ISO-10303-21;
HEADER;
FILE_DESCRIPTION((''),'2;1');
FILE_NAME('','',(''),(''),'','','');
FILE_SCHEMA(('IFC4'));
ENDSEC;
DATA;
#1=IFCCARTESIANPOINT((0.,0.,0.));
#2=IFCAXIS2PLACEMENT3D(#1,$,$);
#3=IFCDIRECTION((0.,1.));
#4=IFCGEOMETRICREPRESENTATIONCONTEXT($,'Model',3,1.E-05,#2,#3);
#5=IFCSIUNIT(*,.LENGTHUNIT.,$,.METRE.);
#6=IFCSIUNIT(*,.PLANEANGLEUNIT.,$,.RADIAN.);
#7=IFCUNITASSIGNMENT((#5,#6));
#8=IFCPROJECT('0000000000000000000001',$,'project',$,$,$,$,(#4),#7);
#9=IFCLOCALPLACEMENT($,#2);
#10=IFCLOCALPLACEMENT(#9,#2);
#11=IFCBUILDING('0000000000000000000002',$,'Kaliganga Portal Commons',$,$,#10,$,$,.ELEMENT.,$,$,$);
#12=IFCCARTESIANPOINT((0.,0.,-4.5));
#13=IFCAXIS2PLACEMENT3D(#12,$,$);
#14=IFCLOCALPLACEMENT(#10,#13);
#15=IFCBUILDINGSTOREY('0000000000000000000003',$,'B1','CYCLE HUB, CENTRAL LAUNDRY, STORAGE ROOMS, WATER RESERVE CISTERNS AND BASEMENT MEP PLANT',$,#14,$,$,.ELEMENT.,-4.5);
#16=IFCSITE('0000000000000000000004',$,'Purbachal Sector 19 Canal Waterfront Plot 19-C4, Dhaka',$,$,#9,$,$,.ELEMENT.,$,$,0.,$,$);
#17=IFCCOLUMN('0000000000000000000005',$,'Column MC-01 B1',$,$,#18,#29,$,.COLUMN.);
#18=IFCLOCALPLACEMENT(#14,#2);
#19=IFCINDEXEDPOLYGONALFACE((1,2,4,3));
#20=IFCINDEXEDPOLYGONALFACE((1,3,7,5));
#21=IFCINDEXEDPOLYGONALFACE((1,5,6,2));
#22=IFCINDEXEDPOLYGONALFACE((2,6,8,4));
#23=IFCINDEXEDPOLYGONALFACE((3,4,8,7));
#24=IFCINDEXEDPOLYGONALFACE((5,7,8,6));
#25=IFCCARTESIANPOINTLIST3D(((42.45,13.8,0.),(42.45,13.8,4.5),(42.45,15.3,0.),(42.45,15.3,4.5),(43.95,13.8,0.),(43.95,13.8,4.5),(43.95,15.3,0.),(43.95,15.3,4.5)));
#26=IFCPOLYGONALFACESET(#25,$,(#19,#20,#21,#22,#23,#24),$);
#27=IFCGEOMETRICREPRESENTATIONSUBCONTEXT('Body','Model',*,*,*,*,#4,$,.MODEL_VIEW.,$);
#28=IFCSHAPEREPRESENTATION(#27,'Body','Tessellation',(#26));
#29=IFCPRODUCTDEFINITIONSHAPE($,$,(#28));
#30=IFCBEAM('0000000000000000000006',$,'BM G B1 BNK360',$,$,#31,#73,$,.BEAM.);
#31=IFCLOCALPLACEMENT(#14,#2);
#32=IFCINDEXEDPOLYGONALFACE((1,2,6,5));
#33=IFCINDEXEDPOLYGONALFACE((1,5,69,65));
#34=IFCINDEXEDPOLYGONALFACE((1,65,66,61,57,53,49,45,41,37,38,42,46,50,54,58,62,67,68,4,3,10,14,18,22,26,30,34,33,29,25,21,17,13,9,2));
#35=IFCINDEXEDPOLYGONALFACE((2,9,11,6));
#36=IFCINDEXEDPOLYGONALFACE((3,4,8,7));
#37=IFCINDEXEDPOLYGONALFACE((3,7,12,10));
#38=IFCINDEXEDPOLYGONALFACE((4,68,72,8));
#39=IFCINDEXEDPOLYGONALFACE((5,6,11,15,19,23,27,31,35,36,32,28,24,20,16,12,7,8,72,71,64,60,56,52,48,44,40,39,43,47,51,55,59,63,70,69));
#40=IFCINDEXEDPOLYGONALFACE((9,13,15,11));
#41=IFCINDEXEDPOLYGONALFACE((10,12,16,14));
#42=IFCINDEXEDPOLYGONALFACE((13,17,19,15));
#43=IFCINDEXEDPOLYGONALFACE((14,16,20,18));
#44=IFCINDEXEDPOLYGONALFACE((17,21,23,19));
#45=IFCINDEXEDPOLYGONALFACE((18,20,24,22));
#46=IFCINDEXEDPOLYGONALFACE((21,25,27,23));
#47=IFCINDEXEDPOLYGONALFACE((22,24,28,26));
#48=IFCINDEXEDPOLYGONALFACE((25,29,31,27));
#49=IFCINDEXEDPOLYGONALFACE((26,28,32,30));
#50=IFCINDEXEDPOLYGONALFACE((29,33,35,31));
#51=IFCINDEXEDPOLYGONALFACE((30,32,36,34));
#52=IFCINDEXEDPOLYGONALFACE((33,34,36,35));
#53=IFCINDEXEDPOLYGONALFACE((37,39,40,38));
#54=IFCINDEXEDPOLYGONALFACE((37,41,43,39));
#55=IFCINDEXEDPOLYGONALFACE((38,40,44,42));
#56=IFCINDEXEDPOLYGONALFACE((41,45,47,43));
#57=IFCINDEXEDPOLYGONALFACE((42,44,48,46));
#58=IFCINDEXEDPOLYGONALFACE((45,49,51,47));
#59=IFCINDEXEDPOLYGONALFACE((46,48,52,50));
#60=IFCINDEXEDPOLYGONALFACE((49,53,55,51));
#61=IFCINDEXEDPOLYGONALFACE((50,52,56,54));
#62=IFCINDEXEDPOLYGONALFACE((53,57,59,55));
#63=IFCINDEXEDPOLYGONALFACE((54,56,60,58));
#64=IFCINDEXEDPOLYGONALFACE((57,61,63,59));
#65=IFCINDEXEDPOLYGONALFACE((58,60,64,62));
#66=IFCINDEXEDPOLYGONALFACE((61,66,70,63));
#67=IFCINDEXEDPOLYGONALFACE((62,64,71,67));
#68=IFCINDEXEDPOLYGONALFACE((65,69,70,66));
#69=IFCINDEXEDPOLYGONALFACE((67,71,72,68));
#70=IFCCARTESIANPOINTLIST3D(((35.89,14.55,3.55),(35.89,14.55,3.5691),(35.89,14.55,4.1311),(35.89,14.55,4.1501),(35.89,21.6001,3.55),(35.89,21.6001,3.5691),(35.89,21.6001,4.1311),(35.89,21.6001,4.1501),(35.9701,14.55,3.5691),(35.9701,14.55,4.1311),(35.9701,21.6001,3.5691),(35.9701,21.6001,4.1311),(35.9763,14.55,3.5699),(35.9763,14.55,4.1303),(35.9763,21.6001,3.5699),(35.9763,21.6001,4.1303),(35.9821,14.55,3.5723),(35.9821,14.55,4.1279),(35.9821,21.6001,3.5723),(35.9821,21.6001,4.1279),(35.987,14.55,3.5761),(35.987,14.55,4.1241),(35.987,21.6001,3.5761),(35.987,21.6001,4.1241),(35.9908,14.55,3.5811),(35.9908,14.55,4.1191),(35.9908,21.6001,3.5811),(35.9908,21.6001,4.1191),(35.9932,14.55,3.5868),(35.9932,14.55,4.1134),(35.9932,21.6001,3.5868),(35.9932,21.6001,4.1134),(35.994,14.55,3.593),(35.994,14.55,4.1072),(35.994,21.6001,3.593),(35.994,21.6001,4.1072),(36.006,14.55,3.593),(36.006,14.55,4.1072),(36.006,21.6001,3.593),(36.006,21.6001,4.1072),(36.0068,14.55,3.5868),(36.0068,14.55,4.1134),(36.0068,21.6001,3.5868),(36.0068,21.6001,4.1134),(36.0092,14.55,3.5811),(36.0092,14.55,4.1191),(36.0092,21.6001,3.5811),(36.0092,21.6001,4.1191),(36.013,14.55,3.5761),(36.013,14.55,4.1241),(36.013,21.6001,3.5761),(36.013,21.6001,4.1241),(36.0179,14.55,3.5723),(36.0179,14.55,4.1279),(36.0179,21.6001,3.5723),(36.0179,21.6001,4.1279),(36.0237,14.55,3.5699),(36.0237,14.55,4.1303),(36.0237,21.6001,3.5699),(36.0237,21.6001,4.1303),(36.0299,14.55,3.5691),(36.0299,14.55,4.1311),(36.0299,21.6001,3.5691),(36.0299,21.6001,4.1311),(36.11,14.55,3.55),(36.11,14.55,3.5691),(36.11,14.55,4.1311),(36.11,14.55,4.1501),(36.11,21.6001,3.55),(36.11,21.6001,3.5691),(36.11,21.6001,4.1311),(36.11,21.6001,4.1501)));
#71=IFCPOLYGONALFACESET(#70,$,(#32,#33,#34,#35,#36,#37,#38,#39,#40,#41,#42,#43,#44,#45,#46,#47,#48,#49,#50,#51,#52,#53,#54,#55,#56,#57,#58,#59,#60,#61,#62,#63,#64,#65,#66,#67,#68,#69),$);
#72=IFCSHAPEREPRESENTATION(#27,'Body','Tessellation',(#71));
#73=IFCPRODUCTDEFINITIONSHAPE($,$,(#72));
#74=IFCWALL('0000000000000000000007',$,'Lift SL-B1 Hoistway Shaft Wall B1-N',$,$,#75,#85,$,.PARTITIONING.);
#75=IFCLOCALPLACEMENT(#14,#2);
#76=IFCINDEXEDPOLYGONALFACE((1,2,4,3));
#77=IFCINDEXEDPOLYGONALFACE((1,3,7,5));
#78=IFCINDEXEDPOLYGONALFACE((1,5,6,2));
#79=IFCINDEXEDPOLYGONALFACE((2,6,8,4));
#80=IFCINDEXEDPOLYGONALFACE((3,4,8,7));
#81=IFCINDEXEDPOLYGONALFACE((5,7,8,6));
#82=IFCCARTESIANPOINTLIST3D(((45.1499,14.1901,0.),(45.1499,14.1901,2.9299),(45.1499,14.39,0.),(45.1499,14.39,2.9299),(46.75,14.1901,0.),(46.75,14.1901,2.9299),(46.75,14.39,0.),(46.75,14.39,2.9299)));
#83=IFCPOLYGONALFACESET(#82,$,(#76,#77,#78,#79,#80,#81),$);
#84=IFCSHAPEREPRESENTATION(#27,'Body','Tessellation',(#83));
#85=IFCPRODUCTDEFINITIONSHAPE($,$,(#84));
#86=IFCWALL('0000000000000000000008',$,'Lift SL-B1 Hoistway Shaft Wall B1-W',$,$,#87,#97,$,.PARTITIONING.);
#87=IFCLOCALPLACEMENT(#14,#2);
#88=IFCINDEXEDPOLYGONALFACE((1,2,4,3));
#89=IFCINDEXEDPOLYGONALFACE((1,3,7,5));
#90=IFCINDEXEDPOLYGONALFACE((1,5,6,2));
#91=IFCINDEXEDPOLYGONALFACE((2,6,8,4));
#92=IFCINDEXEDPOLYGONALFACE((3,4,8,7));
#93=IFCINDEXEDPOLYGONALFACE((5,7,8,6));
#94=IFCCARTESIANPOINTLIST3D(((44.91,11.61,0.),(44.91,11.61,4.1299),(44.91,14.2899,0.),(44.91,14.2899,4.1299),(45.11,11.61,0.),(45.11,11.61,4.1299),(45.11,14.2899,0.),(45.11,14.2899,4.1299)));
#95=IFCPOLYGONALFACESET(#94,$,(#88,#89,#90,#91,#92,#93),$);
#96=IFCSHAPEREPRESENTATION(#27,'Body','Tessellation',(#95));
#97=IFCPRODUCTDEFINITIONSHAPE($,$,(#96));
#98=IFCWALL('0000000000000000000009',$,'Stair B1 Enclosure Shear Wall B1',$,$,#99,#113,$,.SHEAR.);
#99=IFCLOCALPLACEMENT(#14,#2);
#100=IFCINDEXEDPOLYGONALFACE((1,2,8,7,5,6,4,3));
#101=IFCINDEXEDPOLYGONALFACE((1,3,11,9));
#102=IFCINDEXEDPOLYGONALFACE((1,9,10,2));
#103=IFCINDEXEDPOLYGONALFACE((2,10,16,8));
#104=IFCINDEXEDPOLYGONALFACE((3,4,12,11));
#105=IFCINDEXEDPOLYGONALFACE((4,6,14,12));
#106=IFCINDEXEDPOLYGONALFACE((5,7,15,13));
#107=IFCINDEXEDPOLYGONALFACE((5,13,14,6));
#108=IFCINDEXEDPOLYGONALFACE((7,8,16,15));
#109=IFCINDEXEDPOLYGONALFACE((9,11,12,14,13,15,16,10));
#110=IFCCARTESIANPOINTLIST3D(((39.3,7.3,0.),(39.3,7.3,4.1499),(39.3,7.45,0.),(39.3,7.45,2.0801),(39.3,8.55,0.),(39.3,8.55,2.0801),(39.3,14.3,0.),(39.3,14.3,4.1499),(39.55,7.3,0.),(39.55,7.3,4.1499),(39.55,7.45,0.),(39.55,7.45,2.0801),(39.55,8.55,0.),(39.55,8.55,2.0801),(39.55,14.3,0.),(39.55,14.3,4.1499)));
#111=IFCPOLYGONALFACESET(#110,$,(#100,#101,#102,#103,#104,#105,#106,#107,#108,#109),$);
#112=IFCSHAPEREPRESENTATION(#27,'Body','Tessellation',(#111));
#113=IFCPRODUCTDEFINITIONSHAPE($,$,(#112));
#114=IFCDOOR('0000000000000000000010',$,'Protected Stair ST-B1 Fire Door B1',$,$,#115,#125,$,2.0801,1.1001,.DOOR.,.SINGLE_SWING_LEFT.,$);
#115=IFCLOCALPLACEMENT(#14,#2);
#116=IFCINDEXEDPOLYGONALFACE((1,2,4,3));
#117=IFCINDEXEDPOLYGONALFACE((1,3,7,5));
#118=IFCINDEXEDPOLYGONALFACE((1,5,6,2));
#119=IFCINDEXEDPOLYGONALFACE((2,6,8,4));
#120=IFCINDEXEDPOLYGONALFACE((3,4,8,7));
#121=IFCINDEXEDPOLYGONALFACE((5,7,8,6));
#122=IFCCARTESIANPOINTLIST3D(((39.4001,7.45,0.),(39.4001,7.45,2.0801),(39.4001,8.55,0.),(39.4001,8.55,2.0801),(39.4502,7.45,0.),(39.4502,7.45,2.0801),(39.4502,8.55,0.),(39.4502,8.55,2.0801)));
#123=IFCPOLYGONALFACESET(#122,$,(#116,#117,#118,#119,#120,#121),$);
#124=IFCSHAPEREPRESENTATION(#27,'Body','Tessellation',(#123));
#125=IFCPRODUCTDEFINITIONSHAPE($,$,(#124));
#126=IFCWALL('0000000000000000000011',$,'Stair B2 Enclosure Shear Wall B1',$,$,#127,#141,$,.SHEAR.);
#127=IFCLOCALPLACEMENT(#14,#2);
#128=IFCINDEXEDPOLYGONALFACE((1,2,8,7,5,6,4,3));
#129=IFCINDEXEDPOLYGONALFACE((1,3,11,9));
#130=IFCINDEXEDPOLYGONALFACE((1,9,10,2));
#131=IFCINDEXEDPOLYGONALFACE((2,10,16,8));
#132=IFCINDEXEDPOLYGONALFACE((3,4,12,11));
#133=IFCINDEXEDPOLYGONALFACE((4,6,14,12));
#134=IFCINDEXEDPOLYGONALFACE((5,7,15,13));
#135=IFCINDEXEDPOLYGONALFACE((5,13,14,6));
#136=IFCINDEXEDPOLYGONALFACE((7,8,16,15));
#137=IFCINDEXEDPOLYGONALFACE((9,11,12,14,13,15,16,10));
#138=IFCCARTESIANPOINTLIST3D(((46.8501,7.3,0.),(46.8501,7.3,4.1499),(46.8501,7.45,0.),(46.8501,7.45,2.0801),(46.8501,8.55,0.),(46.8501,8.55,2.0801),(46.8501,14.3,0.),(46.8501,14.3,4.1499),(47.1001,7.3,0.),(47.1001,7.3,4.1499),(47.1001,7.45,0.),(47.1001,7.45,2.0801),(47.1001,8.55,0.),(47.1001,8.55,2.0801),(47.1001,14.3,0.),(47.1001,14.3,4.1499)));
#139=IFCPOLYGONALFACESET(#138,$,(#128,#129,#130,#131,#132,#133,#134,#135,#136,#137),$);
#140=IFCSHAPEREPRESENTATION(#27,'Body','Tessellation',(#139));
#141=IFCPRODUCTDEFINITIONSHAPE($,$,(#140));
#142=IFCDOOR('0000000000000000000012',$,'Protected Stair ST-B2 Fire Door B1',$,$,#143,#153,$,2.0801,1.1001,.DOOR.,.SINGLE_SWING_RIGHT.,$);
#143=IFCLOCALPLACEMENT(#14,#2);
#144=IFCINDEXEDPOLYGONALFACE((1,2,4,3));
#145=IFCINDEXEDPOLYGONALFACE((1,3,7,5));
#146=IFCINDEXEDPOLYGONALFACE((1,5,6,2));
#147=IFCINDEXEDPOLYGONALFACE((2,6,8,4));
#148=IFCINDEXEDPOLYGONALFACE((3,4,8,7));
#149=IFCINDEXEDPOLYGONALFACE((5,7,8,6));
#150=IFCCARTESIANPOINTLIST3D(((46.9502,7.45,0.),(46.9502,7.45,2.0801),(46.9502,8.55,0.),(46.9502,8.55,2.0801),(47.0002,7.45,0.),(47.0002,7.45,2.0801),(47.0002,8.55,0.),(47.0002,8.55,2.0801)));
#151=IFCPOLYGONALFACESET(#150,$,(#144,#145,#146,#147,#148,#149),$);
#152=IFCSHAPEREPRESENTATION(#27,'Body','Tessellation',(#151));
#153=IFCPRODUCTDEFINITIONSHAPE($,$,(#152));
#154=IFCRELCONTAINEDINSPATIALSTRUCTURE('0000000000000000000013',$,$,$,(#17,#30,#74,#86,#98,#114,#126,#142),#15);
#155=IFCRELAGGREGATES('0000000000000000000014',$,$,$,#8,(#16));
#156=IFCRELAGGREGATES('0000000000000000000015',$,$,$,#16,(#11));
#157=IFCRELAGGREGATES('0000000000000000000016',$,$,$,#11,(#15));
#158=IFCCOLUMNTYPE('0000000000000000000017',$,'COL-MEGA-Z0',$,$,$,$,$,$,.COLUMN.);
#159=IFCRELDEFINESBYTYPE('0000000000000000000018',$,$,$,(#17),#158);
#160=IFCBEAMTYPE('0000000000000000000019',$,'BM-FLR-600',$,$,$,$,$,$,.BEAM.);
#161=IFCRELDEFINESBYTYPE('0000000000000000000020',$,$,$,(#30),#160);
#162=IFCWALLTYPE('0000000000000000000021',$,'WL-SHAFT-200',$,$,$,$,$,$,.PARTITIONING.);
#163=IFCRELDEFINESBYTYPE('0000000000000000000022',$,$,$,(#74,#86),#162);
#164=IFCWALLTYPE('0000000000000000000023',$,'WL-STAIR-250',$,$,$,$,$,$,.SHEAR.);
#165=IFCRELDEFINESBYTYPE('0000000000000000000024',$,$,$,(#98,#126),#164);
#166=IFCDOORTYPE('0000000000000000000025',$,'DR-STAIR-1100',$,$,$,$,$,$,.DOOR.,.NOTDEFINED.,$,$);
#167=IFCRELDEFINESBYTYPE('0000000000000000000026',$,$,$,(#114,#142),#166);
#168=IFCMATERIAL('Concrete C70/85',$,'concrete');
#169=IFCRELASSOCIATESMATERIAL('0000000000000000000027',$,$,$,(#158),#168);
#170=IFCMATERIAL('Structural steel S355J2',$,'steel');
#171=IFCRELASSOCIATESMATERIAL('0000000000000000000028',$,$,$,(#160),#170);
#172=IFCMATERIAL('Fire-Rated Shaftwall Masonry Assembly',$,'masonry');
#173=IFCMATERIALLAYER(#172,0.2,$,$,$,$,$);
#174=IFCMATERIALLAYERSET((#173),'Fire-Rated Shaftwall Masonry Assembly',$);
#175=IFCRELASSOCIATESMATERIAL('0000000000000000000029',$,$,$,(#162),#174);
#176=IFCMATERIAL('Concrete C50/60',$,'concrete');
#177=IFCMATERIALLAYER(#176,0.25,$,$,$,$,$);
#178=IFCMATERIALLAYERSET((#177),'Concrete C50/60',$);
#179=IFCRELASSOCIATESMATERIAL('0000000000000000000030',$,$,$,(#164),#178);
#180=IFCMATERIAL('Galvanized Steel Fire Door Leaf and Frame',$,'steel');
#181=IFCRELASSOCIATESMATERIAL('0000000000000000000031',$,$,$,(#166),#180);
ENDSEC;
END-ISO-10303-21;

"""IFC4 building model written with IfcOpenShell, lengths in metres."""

from ifc_helpers import new_model, si_unit, direction, frame, frame_2d, origin, origin_2d, place, context, subcontext, project, spatial, rectangle, i_section, extrude, source, transform, mapped, material, layer, layer_set, material_profile, profile_set, type_object, element, fill, save


model = new_model("IFC4")

# Units and contexts
model_context = context("Model", 3, precision=1e-05, world=origin(), true_north=direction((0.0, 1.0)))
body_context = subcontext(model_context, "Body", "Model", "MODEL_VIEW")
ifc_project = project(units=[si_unit("LENGTHUNIT", "METRE"), si_unit("PLANEANGLEUNIT", "RADIAN")], contexts=[model_context])

# Site, building, storey
site_placement = place(None, origin())
site = spatial("IfcSite", under=ifc_project, at=site_placement, Name="Purbachal Sector 19 Canal Waterfront Plot 19-C4, Dhaka", CompositionType="ELEMENT", RefElevation=0.0)
building_placement = place(site_placement, origin())
building = spatial("IfcBuilding", under=site, at=building_placement, Name="Kaliganga Portal Commons", CompositionType="ELEMENT")
storey_placement = place(building_placement, frame((0.0, 0.0, -4.5)))
storey = spatial("IfcBuildingStorey", under=building, at=storey_placement, Name="B1", Description="CYCLE HUB, CENTRAL LAUNDRY, STORAGE ROOMS, WATER RESERVE CISTERNS AND BASEMENT MEP PLANT", CompositionType="ELEMENT", Elevation=-4.5)

# Column
ifc_material_1 = material(Name="Concrete C70/85", Category="concrete")
ifc_material_profile_1 = material_profile(ifc_material_1, rectangle(XDim=1.5, YDim=1.5, at=origin_2d()), Name="RC 1500x1500")
ifc_profile_set_1 = profile_set([ifc_material_profile_1], Name="Concrete C70/85")
column_type = type_object("IfcColumnType", Name="COL-MEGA-Z0", PredefinedType="COLUMN", material=ifc_profile_set_1)
shared_shape_1 = source(origin(), body_context, "Body", "SweptSolid", [
    extrude(rectangle(XDim=1.5, YDim=1.5, at=origin_2d()), origin(), (0.0, 0.0, 1.0), 4.5),
])
column_placement = place(storey_placement, frame((43.2, 14.55, 0.0), z_axis=(0.0, 0.0, 1.0), x_axis=(1.0, 0.0, 0.0)))
element("IfcColumn", 1, at=column_placement, inside=storey, type_object=column_type, Name="Column MC-01 B1", PredefinedType="COLUMN", context=body_context, shape_type="MappedRepresentation", body=[
    mapped(shared_shape_1, transform((0.0, 0.0, 0.0), x_axis=(1.0, 0.0, 0.0), y_axis=(0.0, 1.0, 0.0), z_axis=(0.0, 0.0, 1.0), scale=1.0)),
])

# Beam
ifc_material_2 = material(Name="Structural steel S355J2", Category="steel")
ifc_material_profile_2 = material_profile(ifc_material_2, i_section(OverallWidth=0.22, OverallDepth=0.6001, WebThickness=0.012, FlangeThickness=0.019, FilletRadius=0.0239, at=origin_2d()), Name="IPE 600")
ifc_profile_set_2 = profile_set([ifc_material_profile_2], Name="Structural steel S355J2 wide-flange")
beam_type = type_object("IfcBeamType", Name="BM-FLR-600", PredefinedType="BEAM", material=ifc_profile_set_2)
shared_shape_2 = source(origin(), body_context, "Body", "SweptSolid", [
    extrude(i_section(OverallWidth=0.22, OverallDepth=0.6001, WebThickness=0.012, FlangeThickness=0.019, FilletRadius=0.0239, at=origin_2d()), origin(), (0.0, 0.0, 1.0), 7.05),
])
beam_placement = place(storey_placement, frame((36.0, 14.55, 3.8501), z_axis=(0.0, 1.0, 0.0), x_axis=(-1.0, 0.0, 0.0)))
element("IfcBeam", 2, at=beam_placement, inside=storey, type_object=beam_type, Name="BM G B1 BNK360", PredefinedType="BEAM", context=body_context, shape_type="MappedRepresentation", body=[
    mapped(shared_shape_2, transform((0.0, 0.0, 0.0), x_axis=(1.0, 0.0, 0.0), y_axis=(0.0, 1.0, 0.0), z_axis=(0.0, 0.0, 1.0), scale=1.0)),
])

# Shared definitions
ifc_material_3 = material(Name="Fire-Rated Shaftwall Masonry Assembly", Category="masonry")
ifc_layer_1 = layer(ifc_material_3, 0.2)
ifc_layer_set_1 = layer_set([ifc_layer_1], Name="Fire-Rated Shaftwall Masonry Assembly")
wall_type_1 = type_object("IfcWallType", Name="WL-SHAFT-200", PredefinedType="PARTITIONING", material=ifc_layer_set_1)

# Walls
wall_1_placement = place(storey_placement, frame((45.1499, 14.29, 0.0), z_axis=(0.0, 0.0, 1.0), x_axis=(1.0, 0.0, 0.0)))
element("IfcWall", 3, at=wall_1_placement, inside=storey, type_object=wall_type_1, Name="Lift SL-B1 Hoistway Shaft Wall B1-N", PredefinedType="PARTITIONING", context=body_context, shape_type="SweptSolid", body=[
    extrude(rectangle(XDim=1.6001, YDim=0.2, at=frame_2d((0.8, 0.0))), origin(), (0.0, 0.0, 1.0), 2.9299),
])
wall_2_placement = place(storey_placement, frame((45.01, 11.6101, 0.0), z_axis=(0.0, 0.0, 1.0), x_axis=(0.0, 1.0, 0.0)))
element("IfcWall", 4, at=wall_2_placement, inside=storey, type_object=wall_type_1, Name="Lift SL-B1 Hoistway Shaft Wall B1-W", PredefinedType="PARTITIONING", context=body_context, shape_type="SweptSolid", body=[
    extrude(rectangle(XDim=2.6799, YDim=0.2, at=frame_2d((1.3398, 0.0))), origin(), (0.0, 0.0, 1.0), 4.1299),
])

# Walls, openings, doors
ifc_material_4 = material(Name="Concrete C50/60", Category="concrete")
ifc_layer_2 = layer(ifc_material_4, 0.25)
ifc_layer_set_2 = layer_set([ifc_layer_2], Name="Concrete C50/60")
wall_type_2 = type_object("IfcWallType", Name="WL-STAIR-250", PredefinedType="SHEAR", material=ifc_layer_set_2)
wall_3_placement = place(storey_placement, frame((39.425, 7.3, 0.0), z_axis=(0.0, 0.0, 1.0), x_axis=(0.0, 1.0, 0.0)))
wall_3 = element("IfcWall", 5, at=wall_3_placement, inside=storey, type_object=wall_type_2, Name="Stair B1 Enclosure Shear Wall B1", PredefinedType="SHEAR", context=body_context, shape_type="SweptSolid", body=[
    extrude(rectangle(XDim=7.0, YDim=0.25, at=frame_2d((3.5, 0.0))), origin(), (0.0, 0.0, 1.0), 4.1499),
])
opening_1_placement = place(wall_3_placement, frame((0.1499, 0.0, 0.0)))
opening_1 = element("IfcOpeningElement", 6, at=opening_1_placement, cuts=wall_3, PredefinedType="OPENING", context=body_context, shape_type="SweptSolid", body=[
    extrude(rectangle(XDim=1.1001, YDim=2.0801, at=frame_2d((0.55, 1.04))), frame((0.0, 0.135, 0.0), z_axis=(0.0, -1.0, 0.0), x_axis=(1.0, 0.0, 0.0)), (0.0, 0.0, 1.0), 0.27),
])
ifc_material_5 = material(Name="Galvanized Steel Fire Door Leaf and Frame", Category="steel")
door_type_1 = type_object("IfcDoorType", Name="DR-STAIR-1100", OperationType="NOTDEFINED", PredefinedType="DOOR", material=ifc_material_5)
door_1_placement = place(opening_1_placement, origin())
door_1 = element("IfcDoor", 7, at=door_1_placement, inside=storey, type_object=door_type_1, Name="Protected Stair ST-B1 Fire Door B1", OperationType="SINGLE_SWING_LEFT", OverallHeight=2.0801, OverallWidth=1.1001, PredefinedType="DOOR", context=body_context, shape_type="SweptSolid", body=[
    extrude(rectangle(XDim=1.1001, YDim=2.0801, at=frame_2d((0.55, 1.04))), frame((0.0, 0.0249, 0.0), z_axis=(0.0, -1.0, 0.0), x_axis=(1.0, 0.0, 0.0)), (0.0, 0.0, 1.0), 0.05),
])
fill(opening_1, door_1)
wall_4_placement = place(storey_placement, frame((46.9751, 7.3, 0.0), z_axis=(0.0, 0.0, 1.0), x_axis=(0.0, 1.0, 0.0)))
wall_4 = element("IfcWall", 8, at=wall_4_placement, inside=storey, type_object=wall_type_2, Name="Stair B2 Enclosure Shear Wall B1", PredefinedType="SHEAR", context=body_context, shape_type="SweptSolid", body=[
    extrude(rectangle(XDim=7.0, YDim=0.25, at=frame_2d((3.5, 0.0))), origin(), (0.0, 0.0, 1.0), 4.1499),
])
opening_2_placement = place(wall_4_placement, frame((0.1499, 0.0, 0.0)))
opening_2 = element("IfcOpeningElement", 9, at=opening_2_placement, cuts=wall_4, PredefinedType="OPENING", context=body_context, shape_type="SweptSolid", body=[
    extrude(rectangle(XDim=1.1001, YDim=2.0801, at=frame_2d((0.55, 1.04))), frame((0.0, 0.135, 0.0), z_axis=(0.0, -1.0, 0.0), x_axis=(1.0, 0.0, 0.0)), (0.0, 0.0, 1.0), 0.27),
])
door_2_placement = place(opening_2_placement, origin())
door_2 = element("IfcDoor", 10, at=door_2_placement, inside=storey, type_object=door_type_1, Name="Protected Stair ST-B2 Fire Door B1", OperationType="SINGLE_SWING_RIGHT", OverallHeight=2.0801, OverallWidth=1.1001, PredefinedType="DOOR", context=body_context, shape_type="SweptSolid", body=[
    extrude(rectangle(XDim=1.1001, YDim=2.0801, at=frame_2d((0.55, 1.04))), frame((0.0, 0.0249, 0.0), z_axis=(0.0, -1.0, 0.0), x_axis=(1.0, 0.0, 0.0)), (0.0, 0.0, 1.0), 0.05),
])
fill(opening_2, door_2)

save(model, "model.ifc")
